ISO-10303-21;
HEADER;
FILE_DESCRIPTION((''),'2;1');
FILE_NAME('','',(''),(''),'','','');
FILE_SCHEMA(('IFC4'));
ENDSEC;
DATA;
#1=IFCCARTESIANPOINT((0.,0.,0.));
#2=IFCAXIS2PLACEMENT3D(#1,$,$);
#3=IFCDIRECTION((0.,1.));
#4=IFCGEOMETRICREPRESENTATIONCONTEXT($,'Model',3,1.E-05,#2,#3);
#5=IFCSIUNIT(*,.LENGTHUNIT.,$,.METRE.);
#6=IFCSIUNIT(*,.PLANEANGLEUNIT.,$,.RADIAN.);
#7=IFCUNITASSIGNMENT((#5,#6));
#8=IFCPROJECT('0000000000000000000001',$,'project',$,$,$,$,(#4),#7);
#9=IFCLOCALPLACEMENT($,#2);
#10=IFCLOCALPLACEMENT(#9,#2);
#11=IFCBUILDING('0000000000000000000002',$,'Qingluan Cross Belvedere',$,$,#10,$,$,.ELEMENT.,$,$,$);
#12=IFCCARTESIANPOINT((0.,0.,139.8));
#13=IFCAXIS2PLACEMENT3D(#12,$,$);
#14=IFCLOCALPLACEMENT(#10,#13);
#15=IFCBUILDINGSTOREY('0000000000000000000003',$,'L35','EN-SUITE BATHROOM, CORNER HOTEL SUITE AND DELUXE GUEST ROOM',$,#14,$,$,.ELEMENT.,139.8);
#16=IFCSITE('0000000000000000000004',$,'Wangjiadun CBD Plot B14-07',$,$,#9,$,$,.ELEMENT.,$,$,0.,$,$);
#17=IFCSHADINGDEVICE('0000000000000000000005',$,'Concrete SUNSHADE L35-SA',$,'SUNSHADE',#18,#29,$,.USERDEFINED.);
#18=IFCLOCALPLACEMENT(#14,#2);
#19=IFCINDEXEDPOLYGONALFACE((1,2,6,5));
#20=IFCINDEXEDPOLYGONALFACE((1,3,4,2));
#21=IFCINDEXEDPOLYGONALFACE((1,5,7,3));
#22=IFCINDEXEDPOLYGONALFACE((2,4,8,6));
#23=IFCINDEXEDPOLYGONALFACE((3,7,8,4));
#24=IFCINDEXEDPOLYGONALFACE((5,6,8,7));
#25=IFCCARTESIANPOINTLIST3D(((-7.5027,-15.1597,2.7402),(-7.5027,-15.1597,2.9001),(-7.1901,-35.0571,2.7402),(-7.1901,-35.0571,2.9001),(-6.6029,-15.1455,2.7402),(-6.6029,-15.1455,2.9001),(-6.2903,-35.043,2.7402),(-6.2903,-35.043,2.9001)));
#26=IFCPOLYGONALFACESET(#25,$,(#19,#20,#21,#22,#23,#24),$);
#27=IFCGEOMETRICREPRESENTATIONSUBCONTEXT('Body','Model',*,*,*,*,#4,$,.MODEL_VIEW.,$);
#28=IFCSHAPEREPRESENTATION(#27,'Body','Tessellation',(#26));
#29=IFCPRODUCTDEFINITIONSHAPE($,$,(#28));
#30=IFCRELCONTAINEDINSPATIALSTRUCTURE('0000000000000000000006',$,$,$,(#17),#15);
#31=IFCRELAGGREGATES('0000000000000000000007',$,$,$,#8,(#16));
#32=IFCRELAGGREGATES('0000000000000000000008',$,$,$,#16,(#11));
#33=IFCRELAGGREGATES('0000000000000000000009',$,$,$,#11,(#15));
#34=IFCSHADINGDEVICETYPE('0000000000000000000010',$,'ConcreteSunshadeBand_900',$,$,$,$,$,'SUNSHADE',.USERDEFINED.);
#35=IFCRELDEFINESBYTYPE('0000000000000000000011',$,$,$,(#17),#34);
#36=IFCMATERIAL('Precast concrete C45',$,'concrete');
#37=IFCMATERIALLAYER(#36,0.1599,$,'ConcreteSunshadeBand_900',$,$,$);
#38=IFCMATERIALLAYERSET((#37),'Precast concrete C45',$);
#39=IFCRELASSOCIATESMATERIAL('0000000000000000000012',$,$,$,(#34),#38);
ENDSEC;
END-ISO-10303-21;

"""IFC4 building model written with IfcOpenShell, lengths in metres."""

from ifc_helpers import new_model, si_unit, direction, frame, origin, origin_2d, place, context, subcontext, project, spatial, rectangle, extrude, material, layer, layer_set, type_object, element, save


model = new_model("IFC4")

# Units and contexts
model_context = context("Model", 3, precision=1e-05, world=origin(), true_north=direction((0.0, 1.0)))
body_context = subcontext(model_context, "Body", "Model", "MODEL_VIEW")
ifc_project = project(units=[si_unit("LENGTHUNIT", "METRE"), si_unit("PLANEANGLEUNIT", "RADIAN")], contexts=[model_context])

# Site, building, storey
site_placement = place(None, origin())
site = spatial("IfcSite", under=ifc_project, at=site_placement, Name="Wangjiadun CBD Plot B14-07", CompositionType="ELEMENT", RefElevation=0.0)
building_placement = place(site_placement, origin())
building = spatial("IfcBuilding", under=site, at=building_placement, Name="Qingluan Cross Belvedere", CompositionType="ELEMENT")
storey_placement = place(building_placement, frame((0.0, 0.0, 139.8)))
storey = spatial("IfcBuildingStorey", under=building, at=storey_placement, Name="L35", Description="EN-SUITE BATHROOM, CORNER HOTEL SUITE AND DELUXE GUEST ROOM", CompositionType="ELEMENT", Elevation=139.8)

# Shading device
ifc_material_1 = material(Name="Precast concrete C45", Category="concrete")
ifc_layer_1 = layer(ifc_material_1, 0.1599, Name="ConcreteSunshadeBand_900")
ifc_layer_set_1 = layer_set([ifc_layer_1], Name="Precast concrete C45")
shading_device_type = type_object("IfcShadingDeviceType", Name="ConcreteSunshadeBand_900", ElementType="SUNSHADE", PredefinedType="USERDEFINED", material=ifc_layer_set_1)
shading_device_placement = place(storey_placement, frame((-6.8965, -25.1013, 2.7402), z_axis=(0.0, 0.0, 1.0), x_axis=(0.015706, -0.999877, 0.0)))
element("IfcShadingDevice", 1, at=shading_device_placement, inside=storey, type_object=shading_device_type, Name="Concrete SUNSHADE L35-SA", ObjectType="SUNSHADE", PredefinedType="USERDEFINED", context=body_context, shape_type="SweptSolid", body=[
    extrude(rectangle(XDim=19.8999, YDim=0.8999, at=origin_2d()), origin(), (0.0, 0.0, 1.0), 0.1599),
])

save(model, "model.ifc")
